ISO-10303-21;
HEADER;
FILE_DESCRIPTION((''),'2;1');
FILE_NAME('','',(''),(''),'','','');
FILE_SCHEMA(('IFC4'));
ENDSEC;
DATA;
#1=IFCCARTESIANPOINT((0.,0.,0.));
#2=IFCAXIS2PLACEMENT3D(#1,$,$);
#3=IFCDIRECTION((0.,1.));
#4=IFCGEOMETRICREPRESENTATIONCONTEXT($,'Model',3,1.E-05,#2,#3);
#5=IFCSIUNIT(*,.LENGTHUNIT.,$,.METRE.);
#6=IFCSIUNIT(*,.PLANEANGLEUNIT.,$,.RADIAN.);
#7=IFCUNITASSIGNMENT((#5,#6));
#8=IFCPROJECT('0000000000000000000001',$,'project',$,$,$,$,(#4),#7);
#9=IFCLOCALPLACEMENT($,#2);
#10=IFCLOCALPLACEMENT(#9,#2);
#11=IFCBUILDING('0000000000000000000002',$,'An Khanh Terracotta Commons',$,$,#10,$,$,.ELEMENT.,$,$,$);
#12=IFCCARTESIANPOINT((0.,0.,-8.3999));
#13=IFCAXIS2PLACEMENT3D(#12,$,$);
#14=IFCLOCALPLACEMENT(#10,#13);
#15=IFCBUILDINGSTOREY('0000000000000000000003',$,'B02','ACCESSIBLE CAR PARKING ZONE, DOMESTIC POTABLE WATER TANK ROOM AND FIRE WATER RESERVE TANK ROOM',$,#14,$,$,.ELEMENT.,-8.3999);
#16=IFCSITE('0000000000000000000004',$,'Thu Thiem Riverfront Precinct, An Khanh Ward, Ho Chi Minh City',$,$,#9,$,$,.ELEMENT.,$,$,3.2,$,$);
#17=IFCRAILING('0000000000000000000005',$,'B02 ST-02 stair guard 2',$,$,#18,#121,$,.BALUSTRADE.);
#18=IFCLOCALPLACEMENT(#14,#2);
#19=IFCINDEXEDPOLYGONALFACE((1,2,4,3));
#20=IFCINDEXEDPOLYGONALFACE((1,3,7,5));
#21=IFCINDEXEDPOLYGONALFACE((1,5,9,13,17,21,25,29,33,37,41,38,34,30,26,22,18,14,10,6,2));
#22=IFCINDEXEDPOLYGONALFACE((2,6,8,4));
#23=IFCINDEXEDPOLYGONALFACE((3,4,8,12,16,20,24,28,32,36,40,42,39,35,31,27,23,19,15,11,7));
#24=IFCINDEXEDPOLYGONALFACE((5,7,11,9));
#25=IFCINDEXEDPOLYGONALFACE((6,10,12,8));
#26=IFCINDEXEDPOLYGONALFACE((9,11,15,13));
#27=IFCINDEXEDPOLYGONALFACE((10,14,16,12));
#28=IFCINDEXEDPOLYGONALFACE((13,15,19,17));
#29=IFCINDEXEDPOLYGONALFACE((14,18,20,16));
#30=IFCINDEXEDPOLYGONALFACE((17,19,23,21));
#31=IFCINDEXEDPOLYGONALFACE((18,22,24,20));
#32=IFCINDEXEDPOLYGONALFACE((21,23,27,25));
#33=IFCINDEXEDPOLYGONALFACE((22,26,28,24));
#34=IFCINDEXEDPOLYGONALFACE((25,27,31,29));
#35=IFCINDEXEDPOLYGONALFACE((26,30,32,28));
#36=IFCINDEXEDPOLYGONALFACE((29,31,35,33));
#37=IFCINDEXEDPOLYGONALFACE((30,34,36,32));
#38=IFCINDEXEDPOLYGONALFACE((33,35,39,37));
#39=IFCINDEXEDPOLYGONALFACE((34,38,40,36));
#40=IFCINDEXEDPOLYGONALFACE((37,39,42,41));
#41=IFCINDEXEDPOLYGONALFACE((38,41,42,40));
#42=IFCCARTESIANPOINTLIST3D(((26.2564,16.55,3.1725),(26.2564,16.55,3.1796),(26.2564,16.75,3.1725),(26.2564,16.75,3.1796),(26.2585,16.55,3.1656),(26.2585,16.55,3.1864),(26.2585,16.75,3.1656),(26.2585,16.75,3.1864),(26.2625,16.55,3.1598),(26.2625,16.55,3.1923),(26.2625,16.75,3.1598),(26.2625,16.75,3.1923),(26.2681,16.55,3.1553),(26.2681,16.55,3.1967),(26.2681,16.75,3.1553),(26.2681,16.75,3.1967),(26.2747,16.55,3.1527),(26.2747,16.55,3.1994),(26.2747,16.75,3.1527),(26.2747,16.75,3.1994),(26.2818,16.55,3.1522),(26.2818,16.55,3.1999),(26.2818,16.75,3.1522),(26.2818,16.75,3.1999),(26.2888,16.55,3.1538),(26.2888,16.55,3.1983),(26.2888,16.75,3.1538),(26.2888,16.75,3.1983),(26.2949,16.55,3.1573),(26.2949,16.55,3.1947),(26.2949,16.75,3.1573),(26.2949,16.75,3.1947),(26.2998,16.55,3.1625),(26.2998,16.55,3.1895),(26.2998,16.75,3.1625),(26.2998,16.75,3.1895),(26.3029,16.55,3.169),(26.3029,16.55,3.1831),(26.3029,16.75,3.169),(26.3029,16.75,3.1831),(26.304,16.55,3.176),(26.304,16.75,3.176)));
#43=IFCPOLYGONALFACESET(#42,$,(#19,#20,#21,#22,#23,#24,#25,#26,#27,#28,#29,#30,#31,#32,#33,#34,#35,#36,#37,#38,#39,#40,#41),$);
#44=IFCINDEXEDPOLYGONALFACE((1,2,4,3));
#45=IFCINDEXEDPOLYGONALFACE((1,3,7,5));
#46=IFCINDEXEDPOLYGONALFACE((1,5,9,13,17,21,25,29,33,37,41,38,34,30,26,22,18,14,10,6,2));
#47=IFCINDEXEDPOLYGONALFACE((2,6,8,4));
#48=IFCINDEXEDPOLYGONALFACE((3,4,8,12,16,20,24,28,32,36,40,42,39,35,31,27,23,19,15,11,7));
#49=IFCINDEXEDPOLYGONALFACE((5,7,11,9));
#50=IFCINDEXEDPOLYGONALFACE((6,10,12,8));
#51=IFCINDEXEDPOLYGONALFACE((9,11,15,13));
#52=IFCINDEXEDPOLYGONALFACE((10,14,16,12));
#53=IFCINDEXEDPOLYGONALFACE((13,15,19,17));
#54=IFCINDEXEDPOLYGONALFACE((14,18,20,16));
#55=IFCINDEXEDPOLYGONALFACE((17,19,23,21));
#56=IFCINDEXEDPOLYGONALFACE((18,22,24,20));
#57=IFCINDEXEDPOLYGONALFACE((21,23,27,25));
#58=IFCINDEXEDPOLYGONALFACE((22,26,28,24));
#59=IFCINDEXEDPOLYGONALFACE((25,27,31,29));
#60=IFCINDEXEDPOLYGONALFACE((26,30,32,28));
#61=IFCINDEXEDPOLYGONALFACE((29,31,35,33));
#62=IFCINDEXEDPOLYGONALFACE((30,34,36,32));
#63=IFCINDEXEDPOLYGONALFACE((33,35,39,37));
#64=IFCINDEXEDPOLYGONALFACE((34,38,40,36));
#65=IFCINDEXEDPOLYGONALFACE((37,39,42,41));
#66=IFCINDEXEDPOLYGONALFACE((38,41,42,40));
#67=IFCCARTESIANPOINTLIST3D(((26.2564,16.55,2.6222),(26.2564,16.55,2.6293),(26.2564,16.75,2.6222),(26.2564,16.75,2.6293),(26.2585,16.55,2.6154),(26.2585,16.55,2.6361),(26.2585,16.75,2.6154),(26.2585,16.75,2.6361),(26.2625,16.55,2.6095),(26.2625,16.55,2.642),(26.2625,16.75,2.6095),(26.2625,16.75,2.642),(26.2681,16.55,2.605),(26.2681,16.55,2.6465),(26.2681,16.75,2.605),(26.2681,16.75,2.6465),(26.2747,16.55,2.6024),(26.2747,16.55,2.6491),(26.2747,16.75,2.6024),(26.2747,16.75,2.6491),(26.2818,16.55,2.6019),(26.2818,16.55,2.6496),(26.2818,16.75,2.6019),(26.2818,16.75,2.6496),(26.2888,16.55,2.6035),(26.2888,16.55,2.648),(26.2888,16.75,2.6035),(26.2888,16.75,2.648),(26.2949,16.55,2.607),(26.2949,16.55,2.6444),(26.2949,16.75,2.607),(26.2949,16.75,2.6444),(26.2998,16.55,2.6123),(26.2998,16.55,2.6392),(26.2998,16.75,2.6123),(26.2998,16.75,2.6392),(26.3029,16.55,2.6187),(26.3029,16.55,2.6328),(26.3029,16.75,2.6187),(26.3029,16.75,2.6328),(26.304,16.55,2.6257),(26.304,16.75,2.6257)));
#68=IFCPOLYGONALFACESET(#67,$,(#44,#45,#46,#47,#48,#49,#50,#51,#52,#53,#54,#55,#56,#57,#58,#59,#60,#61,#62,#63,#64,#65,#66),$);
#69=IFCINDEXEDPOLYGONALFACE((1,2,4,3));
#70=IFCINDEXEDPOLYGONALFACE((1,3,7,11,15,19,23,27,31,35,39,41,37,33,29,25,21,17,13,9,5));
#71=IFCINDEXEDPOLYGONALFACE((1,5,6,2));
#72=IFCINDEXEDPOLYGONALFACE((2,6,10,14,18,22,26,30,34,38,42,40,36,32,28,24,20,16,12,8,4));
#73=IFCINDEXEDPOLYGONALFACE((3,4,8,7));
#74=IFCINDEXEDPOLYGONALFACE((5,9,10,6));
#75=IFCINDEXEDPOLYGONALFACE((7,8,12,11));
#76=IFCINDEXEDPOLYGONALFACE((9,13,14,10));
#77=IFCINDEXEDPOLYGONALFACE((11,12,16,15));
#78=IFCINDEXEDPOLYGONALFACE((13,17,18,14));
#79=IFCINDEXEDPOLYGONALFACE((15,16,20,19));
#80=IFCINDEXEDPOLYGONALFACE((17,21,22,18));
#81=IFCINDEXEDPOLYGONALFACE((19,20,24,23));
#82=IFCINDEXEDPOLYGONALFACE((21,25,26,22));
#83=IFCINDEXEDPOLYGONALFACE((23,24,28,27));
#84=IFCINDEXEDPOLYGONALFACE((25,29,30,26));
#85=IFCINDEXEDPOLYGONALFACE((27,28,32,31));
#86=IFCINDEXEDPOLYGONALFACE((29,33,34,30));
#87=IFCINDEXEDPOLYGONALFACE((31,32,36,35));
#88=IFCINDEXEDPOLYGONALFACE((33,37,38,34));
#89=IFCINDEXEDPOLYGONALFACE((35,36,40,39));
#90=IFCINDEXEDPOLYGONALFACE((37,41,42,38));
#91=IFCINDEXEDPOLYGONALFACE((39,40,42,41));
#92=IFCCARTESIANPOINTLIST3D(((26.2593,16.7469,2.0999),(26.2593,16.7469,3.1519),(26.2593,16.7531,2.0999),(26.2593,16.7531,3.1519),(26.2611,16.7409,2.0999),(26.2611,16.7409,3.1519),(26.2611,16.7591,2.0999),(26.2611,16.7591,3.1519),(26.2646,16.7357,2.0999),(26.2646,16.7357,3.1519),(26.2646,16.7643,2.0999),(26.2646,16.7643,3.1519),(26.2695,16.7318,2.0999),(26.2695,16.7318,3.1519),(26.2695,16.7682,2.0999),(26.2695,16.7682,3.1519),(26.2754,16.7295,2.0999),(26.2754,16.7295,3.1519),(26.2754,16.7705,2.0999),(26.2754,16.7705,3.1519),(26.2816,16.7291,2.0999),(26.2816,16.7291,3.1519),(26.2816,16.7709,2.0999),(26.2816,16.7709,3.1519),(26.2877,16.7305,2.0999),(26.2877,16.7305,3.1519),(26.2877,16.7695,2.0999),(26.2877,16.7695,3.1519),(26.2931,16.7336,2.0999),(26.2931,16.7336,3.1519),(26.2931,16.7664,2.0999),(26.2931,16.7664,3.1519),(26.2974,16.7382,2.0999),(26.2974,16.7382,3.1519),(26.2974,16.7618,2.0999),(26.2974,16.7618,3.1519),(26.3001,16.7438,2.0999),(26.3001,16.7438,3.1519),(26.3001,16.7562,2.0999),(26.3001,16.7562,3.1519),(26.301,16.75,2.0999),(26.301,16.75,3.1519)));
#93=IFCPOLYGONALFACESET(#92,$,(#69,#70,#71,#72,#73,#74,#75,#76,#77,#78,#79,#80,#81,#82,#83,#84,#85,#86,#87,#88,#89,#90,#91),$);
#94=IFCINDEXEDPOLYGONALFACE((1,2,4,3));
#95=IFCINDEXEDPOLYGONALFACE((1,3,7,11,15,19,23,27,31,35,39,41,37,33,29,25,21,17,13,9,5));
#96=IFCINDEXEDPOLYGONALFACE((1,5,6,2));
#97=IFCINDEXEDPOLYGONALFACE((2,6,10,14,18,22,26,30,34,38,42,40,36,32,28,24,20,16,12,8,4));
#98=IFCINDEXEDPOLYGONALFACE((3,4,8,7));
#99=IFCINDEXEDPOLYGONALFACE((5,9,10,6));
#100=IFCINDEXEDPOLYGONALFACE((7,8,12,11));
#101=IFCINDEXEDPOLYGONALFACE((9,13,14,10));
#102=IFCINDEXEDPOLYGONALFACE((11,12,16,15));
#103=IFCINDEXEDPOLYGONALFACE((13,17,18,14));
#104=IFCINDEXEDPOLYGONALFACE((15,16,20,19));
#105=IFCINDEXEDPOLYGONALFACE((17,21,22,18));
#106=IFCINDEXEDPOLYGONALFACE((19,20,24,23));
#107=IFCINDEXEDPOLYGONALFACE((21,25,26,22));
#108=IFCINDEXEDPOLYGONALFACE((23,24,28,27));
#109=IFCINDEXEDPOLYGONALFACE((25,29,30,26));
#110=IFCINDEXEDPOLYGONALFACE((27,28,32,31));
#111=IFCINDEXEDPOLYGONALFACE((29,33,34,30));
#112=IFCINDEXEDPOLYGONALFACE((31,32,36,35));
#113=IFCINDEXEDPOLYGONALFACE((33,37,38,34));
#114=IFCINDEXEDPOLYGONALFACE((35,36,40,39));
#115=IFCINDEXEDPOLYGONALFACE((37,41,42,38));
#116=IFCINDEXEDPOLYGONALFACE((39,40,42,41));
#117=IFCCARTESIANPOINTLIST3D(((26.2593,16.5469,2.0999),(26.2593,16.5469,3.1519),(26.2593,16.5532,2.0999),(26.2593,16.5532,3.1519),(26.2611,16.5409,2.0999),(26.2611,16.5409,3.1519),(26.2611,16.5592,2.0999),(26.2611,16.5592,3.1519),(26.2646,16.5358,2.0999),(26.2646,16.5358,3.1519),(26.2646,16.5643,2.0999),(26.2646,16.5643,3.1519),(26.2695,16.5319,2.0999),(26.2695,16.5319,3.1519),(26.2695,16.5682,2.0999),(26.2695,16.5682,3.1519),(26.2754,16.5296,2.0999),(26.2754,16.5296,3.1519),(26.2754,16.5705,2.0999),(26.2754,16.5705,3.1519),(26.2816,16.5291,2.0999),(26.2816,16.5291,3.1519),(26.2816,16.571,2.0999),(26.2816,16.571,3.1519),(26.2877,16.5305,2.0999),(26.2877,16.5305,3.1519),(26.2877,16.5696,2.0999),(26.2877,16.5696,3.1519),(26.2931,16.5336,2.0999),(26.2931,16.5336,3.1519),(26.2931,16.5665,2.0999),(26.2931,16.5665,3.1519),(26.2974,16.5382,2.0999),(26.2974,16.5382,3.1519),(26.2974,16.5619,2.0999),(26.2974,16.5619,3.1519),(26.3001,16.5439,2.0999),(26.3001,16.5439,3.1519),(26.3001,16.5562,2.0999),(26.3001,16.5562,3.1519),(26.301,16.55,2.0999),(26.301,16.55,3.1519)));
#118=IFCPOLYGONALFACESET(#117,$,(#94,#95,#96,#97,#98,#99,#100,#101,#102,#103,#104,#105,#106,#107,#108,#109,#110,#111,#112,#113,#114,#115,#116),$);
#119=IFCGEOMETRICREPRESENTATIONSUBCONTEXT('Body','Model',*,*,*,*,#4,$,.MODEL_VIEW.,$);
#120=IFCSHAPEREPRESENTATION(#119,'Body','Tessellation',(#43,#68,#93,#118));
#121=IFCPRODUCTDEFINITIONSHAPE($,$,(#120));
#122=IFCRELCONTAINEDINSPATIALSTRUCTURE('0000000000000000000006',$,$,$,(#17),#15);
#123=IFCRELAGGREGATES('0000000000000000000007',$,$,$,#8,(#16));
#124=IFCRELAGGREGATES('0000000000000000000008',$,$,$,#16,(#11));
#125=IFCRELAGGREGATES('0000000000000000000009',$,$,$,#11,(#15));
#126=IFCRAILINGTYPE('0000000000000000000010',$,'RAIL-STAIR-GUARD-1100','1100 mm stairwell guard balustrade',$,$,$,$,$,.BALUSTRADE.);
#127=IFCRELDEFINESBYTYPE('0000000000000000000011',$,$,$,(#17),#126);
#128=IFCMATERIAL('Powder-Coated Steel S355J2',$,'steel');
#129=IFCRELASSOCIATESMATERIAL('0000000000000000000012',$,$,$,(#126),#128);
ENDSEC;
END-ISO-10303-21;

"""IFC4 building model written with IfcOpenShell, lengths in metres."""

from ifc_helpers import new_model, si_unit, direction, frame, origin, origin_2d, place, context, subcontext, project, spatial, circle, extrude, material, type_object, element, save


model = new_model("IFC4")

# Units and contexts
model_context = context("Model", 3, precision=1e-05, world=origin(), true_north=direction((0.0, 1.0)))
body_context = subcontext(model_context, "Body", "Model", "MODEL_VIEW")
ifc_project = project(units=[si_unit("LENGTHUNIT", "METRE"), si_unit("PLANEANGLEUNIT", "RADIAN")], contexts=[model_context])

# Site, building, storey
site_placement = place(None, origin())
site = spatial("IfcSite", under=ifc_project, at=site_placement, Name="Thu Thiem Riverfront Precinct, An Khanh Ward, Ho Chi Minh City", CompositionType="ELEMENT", RefElevation=3.2)
building_placement = place(site_placement, origin())
building = spatial("IfcBuilding", under=site, at=building_placement, Name="An Khanh Terracotta Commons", CompositionType="ELEMENT")
storey_placement = place(building_placement, frame((0.0, 0.0, -8.3999)))
storey = spatial("IfcBuildingStorey", under=building, at=storey_placement, Name="B02", Description="ACCESSIBLE CAR PARKING ZONE, DOMESTIC POTABLE WATER TANK ROOM AND FIRE WATER RESERVE TANK ROOM", CompositionType="ELEMENT", Elevation=-8.3999)

# Railing
ifc_material_1 = material(Name="Powder-Coated Steel S355J2", Category="steel")
railing_type_1 = type_object("IfcRailingType", Name="RAIL-STAIR-GUARD-1100", Description="1100 mm stairwell guard balustrade", PredefinedType="BALUSTRADE", material=ifc_material_1)
railing_1_placement = place(storey_placement, frame((26.28, 16.75, 2.0999)))
element("IfcRailing", 1, at=railing_1_placement, inside=storey, type_object=railing_type_1, Name="B02 ST-02 stair guard 2", PredefinedType="BALUSTRADE", context=body_context, shape_type="SweptSolid", body=[
    extrude(circle(Radius=0.0239, at=origin_2d()), frame((0.0, 0.0, 1.0762), z_axis=(0.0, -1.0, 0.0), x_axis=(1.0, 0.0, 0.0)), (0.0, 0.0, 1.0), 0.2),
    extrude(circle(Radius=0.0239, at=origin_2d()), frame((0.0, 0.0, 0.5259), z_axis=(0.0, -1.0, 0.0), x_axis=(1.0, 0.0, 0.0)), (0.0, 0.0, 1.0), 0.2),
    extrude(circle(Radius=0.021, at=origin_2d()), origin(), (0.0, 0.0, 1.0), 1.052),
    extrude(circle(Radius=0.021, at=origin_2d()), frame((0.0, -0.2, 0.0)), (0.0, 0.0, 1.0), 1.052),
])

save(model, "model.ifc")
